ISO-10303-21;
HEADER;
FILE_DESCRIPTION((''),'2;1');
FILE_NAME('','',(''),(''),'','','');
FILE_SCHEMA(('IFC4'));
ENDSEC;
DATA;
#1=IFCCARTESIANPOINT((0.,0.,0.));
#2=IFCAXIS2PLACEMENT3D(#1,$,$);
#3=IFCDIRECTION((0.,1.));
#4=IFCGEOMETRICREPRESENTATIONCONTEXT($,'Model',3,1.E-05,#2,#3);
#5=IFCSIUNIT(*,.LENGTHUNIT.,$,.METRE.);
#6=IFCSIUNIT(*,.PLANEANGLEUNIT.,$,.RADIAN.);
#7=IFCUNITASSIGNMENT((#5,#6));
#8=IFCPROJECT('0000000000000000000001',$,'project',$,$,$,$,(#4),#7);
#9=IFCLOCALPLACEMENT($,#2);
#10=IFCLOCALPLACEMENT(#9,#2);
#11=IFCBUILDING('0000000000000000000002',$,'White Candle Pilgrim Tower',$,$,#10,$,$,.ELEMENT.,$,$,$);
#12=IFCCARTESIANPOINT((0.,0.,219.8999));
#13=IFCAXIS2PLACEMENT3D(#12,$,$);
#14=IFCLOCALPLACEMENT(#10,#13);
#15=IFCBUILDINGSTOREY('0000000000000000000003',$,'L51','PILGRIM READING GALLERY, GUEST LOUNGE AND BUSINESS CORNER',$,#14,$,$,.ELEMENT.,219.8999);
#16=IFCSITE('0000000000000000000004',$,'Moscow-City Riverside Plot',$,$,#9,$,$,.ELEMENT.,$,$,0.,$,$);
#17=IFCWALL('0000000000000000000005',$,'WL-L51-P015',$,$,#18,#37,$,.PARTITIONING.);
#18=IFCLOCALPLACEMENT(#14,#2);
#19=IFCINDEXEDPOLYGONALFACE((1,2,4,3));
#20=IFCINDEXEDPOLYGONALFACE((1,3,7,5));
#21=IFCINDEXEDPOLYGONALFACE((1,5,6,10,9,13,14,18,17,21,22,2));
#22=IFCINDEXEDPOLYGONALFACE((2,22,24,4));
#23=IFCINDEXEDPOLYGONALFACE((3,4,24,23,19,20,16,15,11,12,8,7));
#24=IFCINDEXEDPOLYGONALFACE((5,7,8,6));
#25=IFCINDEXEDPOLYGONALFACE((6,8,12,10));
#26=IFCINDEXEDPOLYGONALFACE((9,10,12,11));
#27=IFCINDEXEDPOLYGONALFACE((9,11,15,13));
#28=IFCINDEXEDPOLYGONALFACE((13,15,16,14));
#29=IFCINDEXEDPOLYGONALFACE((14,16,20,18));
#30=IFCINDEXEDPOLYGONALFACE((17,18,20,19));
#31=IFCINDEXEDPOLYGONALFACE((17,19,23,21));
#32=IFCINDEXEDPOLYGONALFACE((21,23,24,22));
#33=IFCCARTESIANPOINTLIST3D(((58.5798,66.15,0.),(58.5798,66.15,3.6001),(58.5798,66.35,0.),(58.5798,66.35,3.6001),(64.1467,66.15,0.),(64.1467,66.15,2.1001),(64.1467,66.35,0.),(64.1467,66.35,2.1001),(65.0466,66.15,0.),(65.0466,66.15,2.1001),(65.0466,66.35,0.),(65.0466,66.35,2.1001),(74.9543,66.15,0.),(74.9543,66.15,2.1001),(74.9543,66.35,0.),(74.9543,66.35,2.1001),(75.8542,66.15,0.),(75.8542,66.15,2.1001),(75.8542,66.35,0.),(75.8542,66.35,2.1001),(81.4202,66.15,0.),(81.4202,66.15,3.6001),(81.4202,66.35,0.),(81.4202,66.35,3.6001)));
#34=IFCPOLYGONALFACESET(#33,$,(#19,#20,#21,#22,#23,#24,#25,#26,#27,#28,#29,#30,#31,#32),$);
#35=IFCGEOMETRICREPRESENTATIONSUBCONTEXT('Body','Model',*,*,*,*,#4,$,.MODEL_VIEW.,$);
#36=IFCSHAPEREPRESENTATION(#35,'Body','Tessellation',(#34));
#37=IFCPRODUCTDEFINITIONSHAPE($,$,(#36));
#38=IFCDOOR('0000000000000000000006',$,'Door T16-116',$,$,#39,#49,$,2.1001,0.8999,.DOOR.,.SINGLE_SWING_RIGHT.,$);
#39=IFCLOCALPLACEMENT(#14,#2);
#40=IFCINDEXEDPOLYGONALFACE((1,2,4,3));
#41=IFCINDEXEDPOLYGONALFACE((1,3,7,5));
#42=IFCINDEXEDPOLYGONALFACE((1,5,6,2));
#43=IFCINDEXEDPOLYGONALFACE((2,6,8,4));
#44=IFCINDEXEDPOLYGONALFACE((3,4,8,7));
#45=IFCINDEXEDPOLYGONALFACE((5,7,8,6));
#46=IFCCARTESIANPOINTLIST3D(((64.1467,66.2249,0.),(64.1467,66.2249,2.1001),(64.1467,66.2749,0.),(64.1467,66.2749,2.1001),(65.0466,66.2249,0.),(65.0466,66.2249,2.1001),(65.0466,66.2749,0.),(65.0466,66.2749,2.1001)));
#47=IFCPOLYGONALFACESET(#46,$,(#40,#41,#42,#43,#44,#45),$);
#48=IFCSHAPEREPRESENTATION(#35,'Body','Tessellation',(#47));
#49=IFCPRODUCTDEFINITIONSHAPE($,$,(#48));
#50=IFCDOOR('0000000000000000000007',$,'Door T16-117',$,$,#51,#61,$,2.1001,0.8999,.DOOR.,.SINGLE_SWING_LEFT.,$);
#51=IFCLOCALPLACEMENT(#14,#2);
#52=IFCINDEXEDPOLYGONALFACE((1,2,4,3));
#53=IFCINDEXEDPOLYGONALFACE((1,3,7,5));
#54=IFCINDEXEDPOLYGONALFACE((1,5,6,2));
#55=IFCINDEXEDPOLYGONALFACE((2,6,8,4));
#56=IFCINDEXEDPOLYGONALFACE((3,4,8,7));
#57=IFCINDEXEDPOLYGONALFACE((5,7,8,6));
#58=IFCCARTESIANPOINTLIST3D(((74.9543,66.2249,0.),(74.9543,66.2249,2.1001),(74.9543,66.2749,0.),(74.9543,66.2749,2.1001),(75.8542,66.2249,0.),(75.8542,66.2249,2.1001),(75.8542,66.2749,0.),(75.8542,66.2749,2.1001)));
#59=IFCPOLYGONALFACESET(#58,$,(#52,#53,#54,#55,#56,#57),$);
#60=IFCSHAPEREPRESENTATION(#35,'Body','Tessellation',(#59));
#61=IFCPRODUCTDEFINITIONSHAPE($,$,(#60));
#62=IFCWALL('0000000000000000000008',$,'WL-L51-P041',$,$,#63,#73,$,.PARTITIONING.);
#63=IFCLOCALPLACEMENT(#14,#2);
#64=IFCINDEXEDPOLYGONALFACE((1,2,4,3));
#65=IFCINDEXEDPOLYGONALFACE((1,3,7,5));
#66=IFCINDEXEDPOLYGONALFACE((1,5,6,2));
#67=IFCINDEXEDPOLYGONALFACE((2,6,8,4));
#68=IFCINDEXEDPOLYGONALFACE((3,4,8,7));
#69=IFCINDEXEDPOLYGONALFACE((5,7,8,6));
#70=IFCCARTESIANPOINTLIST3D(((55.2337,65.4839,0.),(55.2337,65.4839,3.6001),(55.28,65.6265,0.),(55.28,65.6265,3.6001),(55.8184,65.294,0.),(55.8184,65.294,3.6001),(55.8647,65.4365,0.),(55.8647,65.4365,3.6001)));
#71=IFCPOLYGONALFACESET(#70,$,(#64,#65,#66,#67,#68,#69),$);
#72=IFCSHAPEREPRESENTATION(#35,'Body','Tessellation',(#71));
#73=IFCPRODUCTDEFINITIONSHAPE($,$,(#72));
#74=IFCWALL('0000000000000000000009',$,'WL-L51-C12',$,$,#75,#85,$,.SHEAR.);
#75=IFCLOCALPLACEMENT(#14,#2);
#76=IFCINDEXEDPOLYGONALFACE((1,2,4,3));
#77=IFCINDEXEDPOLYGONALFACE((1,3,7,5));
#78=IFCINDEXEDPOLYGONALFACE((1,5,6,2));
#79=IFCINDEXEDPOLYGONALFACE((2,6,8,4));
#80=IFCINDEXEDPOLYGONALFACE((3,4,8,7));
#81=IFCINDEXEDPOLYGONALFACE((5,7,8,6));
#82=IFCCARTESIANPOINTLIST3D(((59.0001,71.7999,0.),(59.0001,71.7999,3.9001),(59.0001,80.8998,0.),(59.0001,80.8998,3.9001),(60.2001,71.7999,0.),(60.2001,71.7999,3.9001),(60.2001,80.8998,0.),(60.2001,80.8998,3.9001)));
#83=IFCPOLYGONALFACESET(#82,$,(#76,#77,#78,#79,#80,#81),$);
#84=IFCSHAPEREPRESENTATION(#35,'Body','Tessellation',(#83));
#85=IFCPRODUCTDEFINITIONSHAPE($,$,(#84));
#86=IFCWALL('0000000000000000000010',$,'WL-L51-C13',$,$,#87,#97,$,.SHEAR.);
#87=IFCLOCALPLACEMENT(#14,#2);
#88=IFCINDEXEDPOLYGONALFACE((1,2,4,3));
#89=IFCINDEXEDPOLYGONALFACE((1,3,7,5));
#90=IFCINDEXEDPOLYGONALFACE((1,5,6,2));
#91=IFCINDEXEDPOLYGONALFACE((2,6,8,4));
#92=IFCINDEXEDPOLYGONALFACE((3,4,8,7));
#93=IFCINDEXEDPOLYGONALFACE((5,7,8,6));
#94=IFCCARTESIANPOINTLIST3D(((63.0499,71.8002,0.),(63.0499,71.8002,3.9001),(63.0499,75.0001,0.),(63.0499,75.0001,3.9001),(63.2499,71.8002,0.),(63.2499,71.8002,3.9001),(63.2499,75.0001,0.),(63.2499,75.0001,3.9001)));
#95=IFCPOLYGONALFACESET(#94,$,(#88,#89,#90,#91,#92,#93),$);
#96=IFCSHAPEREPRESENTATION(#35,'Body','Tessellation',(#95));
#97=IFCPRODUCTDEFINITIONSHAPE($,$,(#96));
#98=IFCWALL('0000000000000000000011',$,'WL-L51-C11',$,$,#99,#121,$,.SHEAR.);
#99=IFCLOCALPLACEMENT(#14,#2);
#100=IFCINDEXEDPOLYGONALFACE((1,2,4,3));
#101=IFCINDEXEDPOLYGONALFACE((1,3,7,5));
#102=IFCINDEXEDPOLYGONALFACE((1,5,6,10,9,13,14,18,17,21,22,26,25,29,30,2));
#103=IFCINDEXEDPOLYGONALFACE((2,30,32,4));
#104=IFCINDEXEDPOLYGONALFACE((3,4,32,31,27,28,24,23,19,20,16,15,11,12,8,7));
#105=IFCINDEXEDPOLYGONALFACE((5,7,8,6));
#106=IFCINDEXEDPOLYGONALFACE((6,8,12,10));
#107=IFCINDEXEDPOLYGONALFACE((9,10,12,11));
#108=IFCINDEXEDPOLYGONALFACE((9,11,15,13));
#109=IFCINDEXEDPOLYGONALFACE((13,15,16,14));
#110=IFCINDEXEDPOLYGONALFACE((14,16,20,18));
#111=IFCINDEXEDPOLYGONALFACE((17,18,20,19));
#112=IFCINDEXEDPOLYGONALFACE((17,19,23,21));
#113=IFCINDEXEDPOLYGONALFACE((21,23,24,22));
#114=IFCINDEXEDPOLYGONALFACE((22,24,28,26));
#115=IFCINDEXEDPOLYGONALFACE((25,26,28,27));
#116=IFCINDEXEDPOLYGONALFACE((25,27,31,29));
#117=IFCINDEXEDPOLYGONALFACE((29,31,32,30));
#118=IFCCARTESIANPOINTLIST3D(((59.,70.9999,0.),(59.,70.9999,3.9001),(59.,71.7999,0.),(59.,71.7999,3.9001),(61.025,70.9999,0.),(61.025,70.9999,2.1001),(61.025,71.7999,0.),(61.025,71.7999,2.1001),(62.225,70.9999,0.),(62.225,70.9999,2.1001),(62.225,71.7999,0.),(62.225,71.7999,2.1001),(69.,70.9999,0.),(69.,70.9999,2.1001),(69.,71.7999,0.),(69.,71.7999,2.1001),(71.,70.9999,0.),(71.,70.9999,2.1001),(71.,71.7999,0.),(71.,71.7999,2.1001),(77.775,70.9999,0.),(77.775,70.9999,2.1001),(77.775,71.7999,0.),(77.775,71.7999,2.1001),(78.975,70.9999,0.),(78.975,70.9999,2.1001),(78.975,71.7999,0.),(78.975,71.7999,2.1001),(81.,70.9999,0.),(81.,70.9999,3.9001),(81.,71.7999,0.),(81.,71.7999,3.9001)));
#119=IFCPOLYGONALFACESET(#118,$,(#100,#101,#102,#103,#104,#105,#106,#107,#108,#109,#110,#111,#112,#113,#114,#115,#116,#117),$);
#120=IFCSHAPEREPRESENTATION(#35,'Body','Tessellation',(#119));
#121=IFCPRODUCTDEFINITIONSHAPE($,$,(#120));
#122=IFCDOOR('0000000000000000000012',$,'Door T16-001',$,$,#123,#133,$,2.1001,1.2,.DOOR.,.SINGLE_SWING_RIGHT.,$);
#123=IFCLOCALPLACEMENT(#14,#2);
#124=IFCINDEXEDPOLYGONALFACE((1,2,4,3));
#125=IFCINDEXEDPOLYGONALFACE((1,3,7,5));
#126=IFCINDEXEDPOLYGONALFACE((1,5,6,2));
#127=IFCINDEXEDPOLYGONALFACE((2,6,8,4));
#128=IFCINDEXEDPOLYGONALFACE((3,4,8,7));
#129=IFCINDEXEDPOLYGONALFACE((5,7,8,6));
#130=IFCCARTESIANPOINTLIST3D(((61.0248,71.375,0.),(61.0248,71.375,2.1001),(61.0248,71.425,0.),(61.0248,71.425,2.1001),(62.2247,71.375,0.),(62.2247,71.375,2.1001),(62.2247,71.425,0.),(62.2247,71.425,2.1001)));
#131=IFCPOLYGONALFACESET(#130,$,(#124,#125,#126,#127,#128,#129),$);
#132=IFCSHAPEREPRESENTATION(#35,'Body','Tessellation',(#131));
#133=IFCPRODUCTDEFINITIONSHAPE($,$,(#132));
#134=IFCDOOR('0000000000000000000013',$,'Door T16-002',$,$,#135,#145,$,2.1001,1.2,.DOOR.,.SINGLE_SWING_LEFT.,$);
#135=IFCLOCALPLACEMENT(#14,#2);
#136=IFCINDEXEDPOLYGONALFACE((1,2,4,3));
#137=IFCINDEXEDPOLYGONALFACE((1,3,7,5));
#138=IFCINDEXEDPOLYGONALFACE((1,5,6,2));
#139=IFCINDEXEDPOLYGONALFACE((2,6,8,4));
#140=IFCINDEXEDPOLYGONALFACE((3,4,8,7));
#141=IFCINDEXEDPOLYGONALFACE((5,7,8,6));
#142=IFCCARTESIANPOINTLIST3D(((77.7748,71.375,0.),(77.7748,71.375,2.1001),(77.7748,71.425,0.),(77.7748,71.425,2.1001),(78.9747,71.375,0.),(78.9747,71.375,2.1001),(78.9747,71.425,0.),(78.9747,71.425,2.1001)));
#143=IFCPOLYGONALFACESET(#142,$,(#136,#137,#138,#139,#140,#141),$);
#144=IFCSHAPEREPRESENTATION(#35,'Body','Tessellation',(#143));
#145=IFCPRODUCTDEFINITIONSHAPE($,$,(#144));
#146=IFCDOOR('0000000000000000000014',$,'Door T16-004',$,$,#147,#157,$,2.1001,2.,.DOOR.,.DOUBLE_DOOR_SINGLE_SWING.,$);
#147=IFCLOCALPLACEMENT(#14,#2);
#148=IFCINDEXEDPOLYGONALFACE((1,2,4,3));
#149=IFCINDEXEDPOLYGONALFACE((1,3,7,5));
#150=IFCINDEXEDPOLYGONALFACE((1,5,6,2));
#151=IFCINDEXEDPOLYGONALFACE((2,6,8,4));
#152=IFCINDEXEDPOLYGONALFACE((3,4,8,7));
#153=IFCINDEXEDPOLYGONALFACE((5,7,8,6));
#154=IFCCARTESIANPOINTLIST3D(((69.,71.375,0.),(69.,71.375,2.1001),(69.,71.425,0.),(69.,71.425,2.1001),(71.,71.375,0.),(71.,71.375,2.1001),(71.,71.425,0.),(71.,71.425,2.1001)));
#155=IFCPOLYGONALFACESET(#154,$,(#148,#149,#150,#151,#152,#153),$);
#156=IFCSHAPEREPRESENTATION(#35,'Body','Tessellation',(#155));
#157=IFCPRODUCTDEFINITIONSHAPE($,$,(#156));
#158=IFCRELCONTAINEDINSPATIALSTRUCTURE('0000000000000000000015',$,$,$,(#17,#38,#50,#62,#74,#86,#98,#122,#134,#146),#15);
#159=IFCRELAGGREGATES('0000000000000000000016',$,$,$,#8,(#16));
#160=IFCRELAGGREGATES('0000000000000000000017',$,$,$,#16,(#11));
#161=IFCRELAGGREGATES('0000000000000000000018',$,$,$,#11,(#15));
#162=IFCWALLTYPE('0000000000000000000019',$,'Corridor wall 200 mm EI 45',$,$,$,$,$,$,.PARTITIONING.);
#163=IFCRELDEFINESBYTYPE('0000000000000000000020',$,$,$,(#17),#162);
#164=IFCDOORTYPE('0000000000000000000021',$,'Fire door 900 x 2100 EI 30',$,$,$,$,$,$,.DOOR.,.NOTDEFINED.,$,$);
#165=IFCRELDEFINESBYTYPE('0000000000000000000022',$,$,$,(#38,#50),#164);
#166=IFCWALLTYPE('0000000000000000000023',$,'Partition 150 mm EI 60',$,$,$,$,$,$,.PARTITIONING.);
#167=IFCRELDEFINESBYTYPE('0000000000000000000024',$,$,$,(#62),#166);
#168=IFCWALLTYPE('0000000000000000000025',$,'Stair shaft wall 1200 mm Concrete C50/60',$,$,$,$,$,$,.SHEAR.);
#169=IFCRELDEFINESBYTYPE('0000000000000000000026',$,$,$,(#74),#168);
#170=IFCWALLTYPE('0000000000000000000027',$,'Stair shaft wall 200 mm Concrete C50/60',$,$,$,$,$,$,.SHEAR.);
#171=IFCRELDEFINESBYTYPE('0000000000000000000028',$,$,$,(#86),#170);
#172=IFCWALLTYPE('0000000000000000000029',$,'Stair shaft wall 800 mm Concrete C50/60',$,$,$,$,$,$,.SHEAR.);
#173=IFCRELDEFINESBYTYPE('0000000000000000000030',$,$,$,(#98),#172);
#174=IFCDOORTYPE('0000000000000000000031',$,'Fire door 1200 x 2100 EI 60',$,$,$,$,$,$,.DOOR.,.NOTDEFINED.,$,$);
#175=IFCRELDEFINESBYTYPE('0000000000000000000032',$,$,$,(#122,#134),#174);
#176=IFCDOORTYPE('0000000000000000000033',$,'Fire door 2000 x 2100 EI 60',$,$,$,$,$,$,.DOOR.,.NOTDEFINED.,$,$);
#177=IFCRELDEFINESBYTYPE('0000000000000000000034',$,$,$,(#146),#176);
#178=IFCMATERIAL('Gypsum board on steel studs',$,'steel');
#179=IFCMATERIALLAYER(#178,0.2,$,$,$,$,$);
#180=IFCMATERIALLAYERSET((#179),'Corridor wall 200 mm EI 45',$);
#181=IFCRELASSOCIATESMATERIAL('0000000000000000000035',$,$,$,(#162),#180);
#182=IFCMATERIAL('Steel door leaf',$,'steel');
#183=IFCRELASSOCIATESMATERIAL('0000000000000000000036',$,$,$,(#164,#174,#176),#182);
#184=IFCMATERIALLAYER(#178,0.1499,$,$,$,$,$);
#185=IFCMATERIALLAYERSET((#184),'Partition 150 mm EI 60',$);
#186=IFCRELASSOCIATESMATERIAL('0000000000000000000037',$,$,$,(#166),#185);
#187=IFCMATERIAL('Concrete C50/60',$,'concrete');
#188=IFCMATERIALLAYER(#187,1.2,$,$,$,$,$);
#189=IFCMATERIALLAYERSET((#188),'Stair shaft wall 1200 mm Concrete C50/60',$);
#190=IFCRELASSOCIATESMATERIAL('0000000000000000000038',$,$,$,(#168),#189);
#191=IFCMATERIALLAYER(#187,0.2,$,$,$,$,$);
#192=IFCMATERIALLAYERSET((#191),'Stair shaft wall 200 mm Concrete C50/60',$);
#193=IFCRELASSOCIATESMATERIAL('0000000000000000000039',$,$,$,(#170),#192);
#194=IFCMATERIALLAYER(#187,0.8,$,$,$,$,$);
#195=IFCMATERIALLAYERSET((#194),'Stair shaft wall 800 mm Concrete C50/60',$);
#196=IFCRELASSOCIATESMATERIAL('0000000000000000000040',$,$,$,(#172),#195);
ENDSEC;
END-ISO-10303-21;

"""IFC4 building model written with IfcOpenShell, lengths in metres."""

from ifc_helpers import new_model, si_unit, direction, frame, frame_2d, origin, place, context, subcontext, project, spatial, rectangle, extrude, material, layer, layer_set, type_object, element, fill, save


model = new_model("IFC4")

# Units and contexts
model_context = context("Model", 3, precision=1e-05, world=origin(), true_north=direction((0.0, 1.0)))
body_context = subcontext(model_context, "Body", "Model", "MODEL_VIEW")
ifc_project = project(units=[si_unit("LENGTHUNIT", "METRE"), si_unit("PLANEANGLEUNIT", "RADIAN")], contexts=[model_context])

# Site, building, storey
site_placement = place(None, origin())
site = spatial("IfcSite", under=ifc_project, at=site_placement, Name="Moscow-City Riverside Plot", CompositionType="ELEMENT", RefElevation=0.0)
building_placement = place(site_placement, origin())
building = spatial("IfcBuilding", under=site, at=building_placement, Name="White Candle Pilgrim Tower", CompositionType="ELEMENT")
storey_placement = place(building_placement, frame((0.0, 0.0, 219.8999)))
storey = spatial("IfcBuildingStorey", under=building, at=storey_placement, Name="L51", Description="PILGRIM READING GALLERY, GUEST LOUNGE AND BUSINESS CORNER", CompositionType="ELEMENT", Elevation=219.8999)

# Shared definitions
ifc_material_1 = material(Name="Gypsum board on steel studs", Category="steel")
ifc_layer_1 = layer(ifc_material_1, 0.2)
ifc_layer_set_1 = layer_set([ifc_layer_1], Name="Corridor wall 200 mm EI 45")
wall_type_1 = type_object("IfcWallType", Name="Corridor wall 200 mm EI 45", PredefinedType="PARTITIONING", material=ifc_layer_set_1)

# Shared definitions
ifc_material_2 = material(Name="Steel door leaf", Category="steel")
door_type_1 = type_object("IfcDoorType", Name="Fire door 900 x 2100 EI 30", OperationType="NOTDEFINED", PredefinedType="DOOR", material=ifc_material_2)

# Wall, openings, doors
wall_1_placement = place(storey_placement, frame((58.5798, 66.25, 0.0), z_axis=(0.0, 0.0, 1.0), x_axis=(1.0, 0.0, 0.0)))
wall_1 = element("IfcWall", 1, at=wall_1_placement, inside=storey, type_object=wall_type_1, Name="WL-L51-P015", PredefinedType="PARTITIONING", context=body_context, shape_type="SweptSolid", body=[
    extrude(rectangle(XDim=22.8403, YDim=0.2, at=frame_2d((11.4202, 0.0))), origin(), (0.0, 0.0, 1.0), 3.6001),
])
opening_1_placement = place(wall_1_placement, frame((5.5669, 0.0, 0.0)))
opening_1 = element("IfcOpeningElement", 2, at=opening_1_placement, cuts=wall_1, PredefinedType="OPENING", context=body_context, shape_type="SweptSolid", body=[
    extrude(rectangle(XDim=0.8999, YDim=2.1001, at=frame_2d((0.45, 1.05))), frame((0.0, 0.1099, 0.0), z_axis=(0.0, -1.0, 0.0), x_axis=(1.0, 0.0, 0.0)), (0.0, 0.0, 1.0), 0.22),
])
opening_2_placement = place(wall_1_placement, frame((16.3745, 0.0, 0.0)))
opening_2 = element("IfcOpeningElement", 3, at=opening_2_placement, cuts=wall_1, PredefinedType="OPENING", context=body_context, shape_type="SweptSolid", body=[
    extrude(rectangle(XDim=0.8999, YDim=2.1001, at=frame_2d((0.45, 1.05))), frame((0.0, 0.1099, 0.0), z_axis=(0.0, -1.0, 0.0), x_axis=(1.0, 0.0, 0.0)), (0.0, 0.0, 1.0), 0.22),
])
door_1_placement = place(opening_1_placement, origin())
door_1 = element("IfcDoor", 4, at=door_1_placement, inside=storey, type_object=door_type_1, Name="Door T16-116", OperationType="SINGLE_SWING_RIGHT", OverallHeight=2.1001, OverallWidth=0.8999, PredefinedType="DOOR", context=body_context, shape_type="SweptSolid", body=[
    extrude(rectangle(XDim=0.8999, YDim=2.1001, at=frame_2d((0.45, 1.05))), frame((0.0, 0.0249, 0.0), z_axis=(0.0, -1.0, 0.0), x_axis=(1.0, 0.0, 0.0)), (0.0, 0.0, 1.0), 0.05),
])
fill(opening_1, door_1)
door_2_placement = place(opening_2_placement, origin())
door_2 = element("IfcDoor", 5, at=door_2_placement, inside=storey, type_object=door_type_1, Name="Door T16-117", OperationType="SINGLE_SWING_LEFT", OverallHeight=2.1001, OverallWidth=0.8999, PredefinedType="DOOR", context=body_context, shape_type="SweptSolid", body=[
    extrude(rectangle(XDim=0.8999, YDim=2.1001, at=frame_2d((0.45, 1.05))), frame((0.0, 0.0249, 0.0), z_axis=(0.0, -1.0, 0.0), x_axis=(1.0, 0.0, 0.0)), (0.0, 0.0, 1.0), 0.05),
])
fill(opening_2, door_2)

# Walls
ifc_layer_2 = layer(ifc_material_1, 0.1499)
ifc_layer_set_2 = layer_set([ifc_layer_2], Name="Partition 150 mm EI 60")
wall_type_2 = type_object("IfcWallType", Name="Partition 150 mm EI 60", PredefinedType="PARTITIONING", material=ifc_layer_set_2)
wall_2_placement = place(storey_placement, frame((55.2568, 65.5552, 0.0), z_axis=(0.0, 0.0, 1.0), x_axis=(0.951078, -0.308951, 0.0)))
element("IfcWall", 6, at=wall_2_placement, inside=storey, type_object=wall_type_2, Name="WL-L51-P041", PredefinedType="PARTITIONING", context=body_context, shape_type="SweptSolid", body=[
    extrude(rectangle(XDim=0.6147, YDim=0.1499, at=frame_2d((0.3074, 0.0))), origin(), (0.0, 0.0, 1.0), 3.6001),
])
ifc_material_3 = material(Name="Concrete C50/60", Category="concrete")
ifc_layer_3 = layer(ifc_material_3, 1.2)
ifc_layer_set_3 = layer_set([ifc_layer_3], Name="Stair shaft wall 1200 mm Concrete C50/60")
wall_type_3 = type_object("IfcWallType", Name="Stair shaft wall 1200 mm Concrete C50/60", PredefinedType="SHEAR", material=ifc_layer_set_3)
wall_3_placement = place(storey_placement, frame((59.6001, 71.8, 0.0), z_axis=(0.0, 0.0, 1.0), x_axis=(0.0, 1.0, 0.0)))
element("IfcWall", 7, at=wall_3_placement, inside=storey, type_object=wall_type_3, Name="WL-L51-C12", PredefinedType="SHEAR", context=body_context, shape_type="SweptSolid", body=[
    extrude(rectangle(XDim=9.0999, YDim=1.2, at=frame_2d((4.5498, 0.0))), origin(), (0.0, 0.0, 1.0), 3.9001),
])
ifc_layer_4 = layer(ifc_material_3, 0.2)
ifc_layer_set_4 = layer_set([ifc_layer_4], Name="Stair shaft wall 200 mm Concrete C50/60")
wall_type_4 = type_object("IfcWallType", Name="Stair shaft wall 200 mm Concrete C50/60", PredefinedType="SHEAR", material=ifc_layer_set_4)
wall_4_placement = place(storey_placement, frame((63.1499, 71.8, 0.0), z_axis=(0.0, 0.0, 1.0), x_axis=(0.0, 1.0, 0.0)))
element("IfcWall", 8, at=wall_4_placement, inside=storey, type_object=wall_type_4, Name="WL-L51-C13", PredefinedType="SHEAR", context=body_context, shape_type="SweptSolid", body=[
    extrude(rectangle(XDim=3.2, YDim=0.2, at=frame_2d((1.6001, 0.0))), origin(), (0.0, 0.0, 1.0), 3.9001),
])

# Wall, openings, doors
ifc_layer_5 = layer(ifc_material_3, 0.8)
ifc_layer_set_5 = layer_set([ifc_layer_5], Name="Stair shaft wall 800 mm Concrete C50/60")
wall_type_5 = type_object("IfcWallType", Name="Stair shaft wall 800 mm Concrete C50/60", PredefinedType="SHEAR", material=ifc_layer_set_5)
wall_5_placement = place(storey_placement, frame((59.0, 71.3999, 0.0), z_axis=(0.0, 0.0, 1.0), x_axis=(1.0, 0.0, 0.0)))
wall_5 = element("IfcWall", 9, at=wall_5_placement, inside=storey, type_object=wall_type_5, Name="WL-L51-C11", PredefinedType="SHEAR", context=body_context, shape_type="SweptSolid", body=[
    extrude(rectangle(XDim=22.0, YDim=0.8, at=frame_2d((11.0, 0.0))), origin(), (0.0, 0.0, 1.0), 3.9001),
])
opening_3_placement = place(wall_5_placement, frame((2.0249, 0.0, 0.0)))
opening_3 = element("IfcOpeningElement", 10, at=opening_3_placement, cuts=wall_5, PredefinedType="OPENING", context=body_context, shape_type="SweptSolid", body=[
    extrude(rectangle(XDim=1.2, YDim=2.1001, at=frame_2d((0.6001, 1.05))), frame((0.0, 0.4099, 0.0), z_axis=(0.0, -1.0, 0.0), x_axis=(1.0, 0.0, 0.0)), (0.0, 0.0, 1.0), 0.8201),
])
opening_4_placement = place(wall_5_placement, frame((18.7749, 0.0, 0.0)))
opening_4 = element("IfcOpeningElement", 11, at=opening_4_placement, cuts=wall_5, PredefinedType="OPENING", context=body_context, shape_type="SweptSolid", body=[
    extrude(rectangle(XDim=1.2, YDim=2.1001, at=frame_2d((0.6001, 1.05))), frame((0.0, 0.4099, 0.0), z_axis=(0.0, -1.0, 0.0), x_axis=(1.0, 0.0, 0.0)), (0.0, 0.0, 1.0), 0.8201),
])
opening_5_placement = place(wall_5_placement, frame((10.0, 0.0, 0.0)))
opening_5 = element("IfcOpeningElement", 12, at=opening_5_placement, cuts=wall_5, PredefinedType="OPENING", context=body_context, shape_type="SweptSolid", body=[
    extrude(rectangle(XDim=2.0, YDim=2.1001, at=frame_2d((1.0, 1.05))), frame((0.0, 0.4099, 0.0), z_axis=(0.0, -1.0, 0.0), x_axis=(1.0, 0.0, 0.0)), (0.0, 0.0, 1.0), 0.8201),
])
door_type_2 = type_object("IfcDoorType", Name="Fire door 1200 x 2100 EI 60", OperationType="NOTDEFINED", PredefinedType="DOOR", material=ifc_material_2)
door_3_placement = place(opening_3_placement, frame((1.2, 0.0, 0.0), z_axis=(0.0, 0.0, 1.0), x_axis=(-1.0, 0.0, 0.0)))
door_3 = element("IfcDoor", 13, at=door_3_placement, inside=storey, type_object=door_type_2, Name="Door T16-001", OperationType="SINGLE_SWING_RIGHT", OverallHeight=2.1001, OverallWidth=1.2, PredefinedType="DOOR", context=body_context, shape_type="SweptSolid", body=[
    extrude(rectangle(XDim=1.2, YDim=2.1001, at=frame_2d((0.6001, 1.05))), frame((0.0, 0.0249, 0.0), z_axis=(0.0, -1.0, 0.0), x_axis=(1.0, 0.0, 0.0)), (0.0, 0.0, 1.0), 0.05),
])
fill(opening_3, door_3)
door_4_placement = place(opening_4_placement, frame((1.2, 0.0, 0.0), z_axis=(0.0, 0.0, 1.0), x_axis=(-1.0, 0.0, 0.0)))
door_4 = element("IfcDoor", 14, at=door_4_placement, inside=storey, type_object=door_type_2, Name="Door T16-002", OperationType="SINGLE_SWING_LEFT", OverallHeight=2.1001, OverallWidth=1.2, PredefinedType="DOOR", context=body_context, shape_type="SweptSolid", body=[
    extrude(rectangle(XDim=1.2, YDim=2.1001, at=frame_2d((0.6001, 1.05))), frame((0.0, 0.0249, 0.0), z_axis=(0.0, -1.0, 0.0), x_axis=(1.0, 0.0, 0.0)), (0.0, 0.0, 1.0), 0.05),
])
fill(opening_4, door_4)
door_type_3 = type_object("IfcDoorType", Name="Fire door 2000 x 2100 EI 60", OperationType="NOTDEFINED", PredefinedType="DOOR", material=ifc_material_2)
door_5_placement = place(opening_5_placement, frame((2.0, 0.0, 0.0), z_axis=(0.0, 0.0, 1.0), x_axis=(-1.0, 0.0, 0.0)))
door_5 = element("IfcDoor", 15, at=door_5_placement, inside=storey, type_object=door_type_3, Name="Door T16-004", OperationType="DOUBLE_DOOR_SINGLE_SWING", OverallHeight=2.1001, OverallWidth=2.0, PredefinedType="DOOR", context=body_context, shape_type="SweptSolid", body=[
    extrude(rectangle(XDim=2.0, YDim=2.1001, at=frame_2d((1.0, 1.05))), frame((0.0, 0.0249, 0.0), z_axis=(0.0, -1.0, 0.0), x_axis=(1.0, 0.0, 0.0)), (0.0, 0.0, 1.0), 0.05),
])
fill(opening_5, door_5)

save(model, "model.ifc")
